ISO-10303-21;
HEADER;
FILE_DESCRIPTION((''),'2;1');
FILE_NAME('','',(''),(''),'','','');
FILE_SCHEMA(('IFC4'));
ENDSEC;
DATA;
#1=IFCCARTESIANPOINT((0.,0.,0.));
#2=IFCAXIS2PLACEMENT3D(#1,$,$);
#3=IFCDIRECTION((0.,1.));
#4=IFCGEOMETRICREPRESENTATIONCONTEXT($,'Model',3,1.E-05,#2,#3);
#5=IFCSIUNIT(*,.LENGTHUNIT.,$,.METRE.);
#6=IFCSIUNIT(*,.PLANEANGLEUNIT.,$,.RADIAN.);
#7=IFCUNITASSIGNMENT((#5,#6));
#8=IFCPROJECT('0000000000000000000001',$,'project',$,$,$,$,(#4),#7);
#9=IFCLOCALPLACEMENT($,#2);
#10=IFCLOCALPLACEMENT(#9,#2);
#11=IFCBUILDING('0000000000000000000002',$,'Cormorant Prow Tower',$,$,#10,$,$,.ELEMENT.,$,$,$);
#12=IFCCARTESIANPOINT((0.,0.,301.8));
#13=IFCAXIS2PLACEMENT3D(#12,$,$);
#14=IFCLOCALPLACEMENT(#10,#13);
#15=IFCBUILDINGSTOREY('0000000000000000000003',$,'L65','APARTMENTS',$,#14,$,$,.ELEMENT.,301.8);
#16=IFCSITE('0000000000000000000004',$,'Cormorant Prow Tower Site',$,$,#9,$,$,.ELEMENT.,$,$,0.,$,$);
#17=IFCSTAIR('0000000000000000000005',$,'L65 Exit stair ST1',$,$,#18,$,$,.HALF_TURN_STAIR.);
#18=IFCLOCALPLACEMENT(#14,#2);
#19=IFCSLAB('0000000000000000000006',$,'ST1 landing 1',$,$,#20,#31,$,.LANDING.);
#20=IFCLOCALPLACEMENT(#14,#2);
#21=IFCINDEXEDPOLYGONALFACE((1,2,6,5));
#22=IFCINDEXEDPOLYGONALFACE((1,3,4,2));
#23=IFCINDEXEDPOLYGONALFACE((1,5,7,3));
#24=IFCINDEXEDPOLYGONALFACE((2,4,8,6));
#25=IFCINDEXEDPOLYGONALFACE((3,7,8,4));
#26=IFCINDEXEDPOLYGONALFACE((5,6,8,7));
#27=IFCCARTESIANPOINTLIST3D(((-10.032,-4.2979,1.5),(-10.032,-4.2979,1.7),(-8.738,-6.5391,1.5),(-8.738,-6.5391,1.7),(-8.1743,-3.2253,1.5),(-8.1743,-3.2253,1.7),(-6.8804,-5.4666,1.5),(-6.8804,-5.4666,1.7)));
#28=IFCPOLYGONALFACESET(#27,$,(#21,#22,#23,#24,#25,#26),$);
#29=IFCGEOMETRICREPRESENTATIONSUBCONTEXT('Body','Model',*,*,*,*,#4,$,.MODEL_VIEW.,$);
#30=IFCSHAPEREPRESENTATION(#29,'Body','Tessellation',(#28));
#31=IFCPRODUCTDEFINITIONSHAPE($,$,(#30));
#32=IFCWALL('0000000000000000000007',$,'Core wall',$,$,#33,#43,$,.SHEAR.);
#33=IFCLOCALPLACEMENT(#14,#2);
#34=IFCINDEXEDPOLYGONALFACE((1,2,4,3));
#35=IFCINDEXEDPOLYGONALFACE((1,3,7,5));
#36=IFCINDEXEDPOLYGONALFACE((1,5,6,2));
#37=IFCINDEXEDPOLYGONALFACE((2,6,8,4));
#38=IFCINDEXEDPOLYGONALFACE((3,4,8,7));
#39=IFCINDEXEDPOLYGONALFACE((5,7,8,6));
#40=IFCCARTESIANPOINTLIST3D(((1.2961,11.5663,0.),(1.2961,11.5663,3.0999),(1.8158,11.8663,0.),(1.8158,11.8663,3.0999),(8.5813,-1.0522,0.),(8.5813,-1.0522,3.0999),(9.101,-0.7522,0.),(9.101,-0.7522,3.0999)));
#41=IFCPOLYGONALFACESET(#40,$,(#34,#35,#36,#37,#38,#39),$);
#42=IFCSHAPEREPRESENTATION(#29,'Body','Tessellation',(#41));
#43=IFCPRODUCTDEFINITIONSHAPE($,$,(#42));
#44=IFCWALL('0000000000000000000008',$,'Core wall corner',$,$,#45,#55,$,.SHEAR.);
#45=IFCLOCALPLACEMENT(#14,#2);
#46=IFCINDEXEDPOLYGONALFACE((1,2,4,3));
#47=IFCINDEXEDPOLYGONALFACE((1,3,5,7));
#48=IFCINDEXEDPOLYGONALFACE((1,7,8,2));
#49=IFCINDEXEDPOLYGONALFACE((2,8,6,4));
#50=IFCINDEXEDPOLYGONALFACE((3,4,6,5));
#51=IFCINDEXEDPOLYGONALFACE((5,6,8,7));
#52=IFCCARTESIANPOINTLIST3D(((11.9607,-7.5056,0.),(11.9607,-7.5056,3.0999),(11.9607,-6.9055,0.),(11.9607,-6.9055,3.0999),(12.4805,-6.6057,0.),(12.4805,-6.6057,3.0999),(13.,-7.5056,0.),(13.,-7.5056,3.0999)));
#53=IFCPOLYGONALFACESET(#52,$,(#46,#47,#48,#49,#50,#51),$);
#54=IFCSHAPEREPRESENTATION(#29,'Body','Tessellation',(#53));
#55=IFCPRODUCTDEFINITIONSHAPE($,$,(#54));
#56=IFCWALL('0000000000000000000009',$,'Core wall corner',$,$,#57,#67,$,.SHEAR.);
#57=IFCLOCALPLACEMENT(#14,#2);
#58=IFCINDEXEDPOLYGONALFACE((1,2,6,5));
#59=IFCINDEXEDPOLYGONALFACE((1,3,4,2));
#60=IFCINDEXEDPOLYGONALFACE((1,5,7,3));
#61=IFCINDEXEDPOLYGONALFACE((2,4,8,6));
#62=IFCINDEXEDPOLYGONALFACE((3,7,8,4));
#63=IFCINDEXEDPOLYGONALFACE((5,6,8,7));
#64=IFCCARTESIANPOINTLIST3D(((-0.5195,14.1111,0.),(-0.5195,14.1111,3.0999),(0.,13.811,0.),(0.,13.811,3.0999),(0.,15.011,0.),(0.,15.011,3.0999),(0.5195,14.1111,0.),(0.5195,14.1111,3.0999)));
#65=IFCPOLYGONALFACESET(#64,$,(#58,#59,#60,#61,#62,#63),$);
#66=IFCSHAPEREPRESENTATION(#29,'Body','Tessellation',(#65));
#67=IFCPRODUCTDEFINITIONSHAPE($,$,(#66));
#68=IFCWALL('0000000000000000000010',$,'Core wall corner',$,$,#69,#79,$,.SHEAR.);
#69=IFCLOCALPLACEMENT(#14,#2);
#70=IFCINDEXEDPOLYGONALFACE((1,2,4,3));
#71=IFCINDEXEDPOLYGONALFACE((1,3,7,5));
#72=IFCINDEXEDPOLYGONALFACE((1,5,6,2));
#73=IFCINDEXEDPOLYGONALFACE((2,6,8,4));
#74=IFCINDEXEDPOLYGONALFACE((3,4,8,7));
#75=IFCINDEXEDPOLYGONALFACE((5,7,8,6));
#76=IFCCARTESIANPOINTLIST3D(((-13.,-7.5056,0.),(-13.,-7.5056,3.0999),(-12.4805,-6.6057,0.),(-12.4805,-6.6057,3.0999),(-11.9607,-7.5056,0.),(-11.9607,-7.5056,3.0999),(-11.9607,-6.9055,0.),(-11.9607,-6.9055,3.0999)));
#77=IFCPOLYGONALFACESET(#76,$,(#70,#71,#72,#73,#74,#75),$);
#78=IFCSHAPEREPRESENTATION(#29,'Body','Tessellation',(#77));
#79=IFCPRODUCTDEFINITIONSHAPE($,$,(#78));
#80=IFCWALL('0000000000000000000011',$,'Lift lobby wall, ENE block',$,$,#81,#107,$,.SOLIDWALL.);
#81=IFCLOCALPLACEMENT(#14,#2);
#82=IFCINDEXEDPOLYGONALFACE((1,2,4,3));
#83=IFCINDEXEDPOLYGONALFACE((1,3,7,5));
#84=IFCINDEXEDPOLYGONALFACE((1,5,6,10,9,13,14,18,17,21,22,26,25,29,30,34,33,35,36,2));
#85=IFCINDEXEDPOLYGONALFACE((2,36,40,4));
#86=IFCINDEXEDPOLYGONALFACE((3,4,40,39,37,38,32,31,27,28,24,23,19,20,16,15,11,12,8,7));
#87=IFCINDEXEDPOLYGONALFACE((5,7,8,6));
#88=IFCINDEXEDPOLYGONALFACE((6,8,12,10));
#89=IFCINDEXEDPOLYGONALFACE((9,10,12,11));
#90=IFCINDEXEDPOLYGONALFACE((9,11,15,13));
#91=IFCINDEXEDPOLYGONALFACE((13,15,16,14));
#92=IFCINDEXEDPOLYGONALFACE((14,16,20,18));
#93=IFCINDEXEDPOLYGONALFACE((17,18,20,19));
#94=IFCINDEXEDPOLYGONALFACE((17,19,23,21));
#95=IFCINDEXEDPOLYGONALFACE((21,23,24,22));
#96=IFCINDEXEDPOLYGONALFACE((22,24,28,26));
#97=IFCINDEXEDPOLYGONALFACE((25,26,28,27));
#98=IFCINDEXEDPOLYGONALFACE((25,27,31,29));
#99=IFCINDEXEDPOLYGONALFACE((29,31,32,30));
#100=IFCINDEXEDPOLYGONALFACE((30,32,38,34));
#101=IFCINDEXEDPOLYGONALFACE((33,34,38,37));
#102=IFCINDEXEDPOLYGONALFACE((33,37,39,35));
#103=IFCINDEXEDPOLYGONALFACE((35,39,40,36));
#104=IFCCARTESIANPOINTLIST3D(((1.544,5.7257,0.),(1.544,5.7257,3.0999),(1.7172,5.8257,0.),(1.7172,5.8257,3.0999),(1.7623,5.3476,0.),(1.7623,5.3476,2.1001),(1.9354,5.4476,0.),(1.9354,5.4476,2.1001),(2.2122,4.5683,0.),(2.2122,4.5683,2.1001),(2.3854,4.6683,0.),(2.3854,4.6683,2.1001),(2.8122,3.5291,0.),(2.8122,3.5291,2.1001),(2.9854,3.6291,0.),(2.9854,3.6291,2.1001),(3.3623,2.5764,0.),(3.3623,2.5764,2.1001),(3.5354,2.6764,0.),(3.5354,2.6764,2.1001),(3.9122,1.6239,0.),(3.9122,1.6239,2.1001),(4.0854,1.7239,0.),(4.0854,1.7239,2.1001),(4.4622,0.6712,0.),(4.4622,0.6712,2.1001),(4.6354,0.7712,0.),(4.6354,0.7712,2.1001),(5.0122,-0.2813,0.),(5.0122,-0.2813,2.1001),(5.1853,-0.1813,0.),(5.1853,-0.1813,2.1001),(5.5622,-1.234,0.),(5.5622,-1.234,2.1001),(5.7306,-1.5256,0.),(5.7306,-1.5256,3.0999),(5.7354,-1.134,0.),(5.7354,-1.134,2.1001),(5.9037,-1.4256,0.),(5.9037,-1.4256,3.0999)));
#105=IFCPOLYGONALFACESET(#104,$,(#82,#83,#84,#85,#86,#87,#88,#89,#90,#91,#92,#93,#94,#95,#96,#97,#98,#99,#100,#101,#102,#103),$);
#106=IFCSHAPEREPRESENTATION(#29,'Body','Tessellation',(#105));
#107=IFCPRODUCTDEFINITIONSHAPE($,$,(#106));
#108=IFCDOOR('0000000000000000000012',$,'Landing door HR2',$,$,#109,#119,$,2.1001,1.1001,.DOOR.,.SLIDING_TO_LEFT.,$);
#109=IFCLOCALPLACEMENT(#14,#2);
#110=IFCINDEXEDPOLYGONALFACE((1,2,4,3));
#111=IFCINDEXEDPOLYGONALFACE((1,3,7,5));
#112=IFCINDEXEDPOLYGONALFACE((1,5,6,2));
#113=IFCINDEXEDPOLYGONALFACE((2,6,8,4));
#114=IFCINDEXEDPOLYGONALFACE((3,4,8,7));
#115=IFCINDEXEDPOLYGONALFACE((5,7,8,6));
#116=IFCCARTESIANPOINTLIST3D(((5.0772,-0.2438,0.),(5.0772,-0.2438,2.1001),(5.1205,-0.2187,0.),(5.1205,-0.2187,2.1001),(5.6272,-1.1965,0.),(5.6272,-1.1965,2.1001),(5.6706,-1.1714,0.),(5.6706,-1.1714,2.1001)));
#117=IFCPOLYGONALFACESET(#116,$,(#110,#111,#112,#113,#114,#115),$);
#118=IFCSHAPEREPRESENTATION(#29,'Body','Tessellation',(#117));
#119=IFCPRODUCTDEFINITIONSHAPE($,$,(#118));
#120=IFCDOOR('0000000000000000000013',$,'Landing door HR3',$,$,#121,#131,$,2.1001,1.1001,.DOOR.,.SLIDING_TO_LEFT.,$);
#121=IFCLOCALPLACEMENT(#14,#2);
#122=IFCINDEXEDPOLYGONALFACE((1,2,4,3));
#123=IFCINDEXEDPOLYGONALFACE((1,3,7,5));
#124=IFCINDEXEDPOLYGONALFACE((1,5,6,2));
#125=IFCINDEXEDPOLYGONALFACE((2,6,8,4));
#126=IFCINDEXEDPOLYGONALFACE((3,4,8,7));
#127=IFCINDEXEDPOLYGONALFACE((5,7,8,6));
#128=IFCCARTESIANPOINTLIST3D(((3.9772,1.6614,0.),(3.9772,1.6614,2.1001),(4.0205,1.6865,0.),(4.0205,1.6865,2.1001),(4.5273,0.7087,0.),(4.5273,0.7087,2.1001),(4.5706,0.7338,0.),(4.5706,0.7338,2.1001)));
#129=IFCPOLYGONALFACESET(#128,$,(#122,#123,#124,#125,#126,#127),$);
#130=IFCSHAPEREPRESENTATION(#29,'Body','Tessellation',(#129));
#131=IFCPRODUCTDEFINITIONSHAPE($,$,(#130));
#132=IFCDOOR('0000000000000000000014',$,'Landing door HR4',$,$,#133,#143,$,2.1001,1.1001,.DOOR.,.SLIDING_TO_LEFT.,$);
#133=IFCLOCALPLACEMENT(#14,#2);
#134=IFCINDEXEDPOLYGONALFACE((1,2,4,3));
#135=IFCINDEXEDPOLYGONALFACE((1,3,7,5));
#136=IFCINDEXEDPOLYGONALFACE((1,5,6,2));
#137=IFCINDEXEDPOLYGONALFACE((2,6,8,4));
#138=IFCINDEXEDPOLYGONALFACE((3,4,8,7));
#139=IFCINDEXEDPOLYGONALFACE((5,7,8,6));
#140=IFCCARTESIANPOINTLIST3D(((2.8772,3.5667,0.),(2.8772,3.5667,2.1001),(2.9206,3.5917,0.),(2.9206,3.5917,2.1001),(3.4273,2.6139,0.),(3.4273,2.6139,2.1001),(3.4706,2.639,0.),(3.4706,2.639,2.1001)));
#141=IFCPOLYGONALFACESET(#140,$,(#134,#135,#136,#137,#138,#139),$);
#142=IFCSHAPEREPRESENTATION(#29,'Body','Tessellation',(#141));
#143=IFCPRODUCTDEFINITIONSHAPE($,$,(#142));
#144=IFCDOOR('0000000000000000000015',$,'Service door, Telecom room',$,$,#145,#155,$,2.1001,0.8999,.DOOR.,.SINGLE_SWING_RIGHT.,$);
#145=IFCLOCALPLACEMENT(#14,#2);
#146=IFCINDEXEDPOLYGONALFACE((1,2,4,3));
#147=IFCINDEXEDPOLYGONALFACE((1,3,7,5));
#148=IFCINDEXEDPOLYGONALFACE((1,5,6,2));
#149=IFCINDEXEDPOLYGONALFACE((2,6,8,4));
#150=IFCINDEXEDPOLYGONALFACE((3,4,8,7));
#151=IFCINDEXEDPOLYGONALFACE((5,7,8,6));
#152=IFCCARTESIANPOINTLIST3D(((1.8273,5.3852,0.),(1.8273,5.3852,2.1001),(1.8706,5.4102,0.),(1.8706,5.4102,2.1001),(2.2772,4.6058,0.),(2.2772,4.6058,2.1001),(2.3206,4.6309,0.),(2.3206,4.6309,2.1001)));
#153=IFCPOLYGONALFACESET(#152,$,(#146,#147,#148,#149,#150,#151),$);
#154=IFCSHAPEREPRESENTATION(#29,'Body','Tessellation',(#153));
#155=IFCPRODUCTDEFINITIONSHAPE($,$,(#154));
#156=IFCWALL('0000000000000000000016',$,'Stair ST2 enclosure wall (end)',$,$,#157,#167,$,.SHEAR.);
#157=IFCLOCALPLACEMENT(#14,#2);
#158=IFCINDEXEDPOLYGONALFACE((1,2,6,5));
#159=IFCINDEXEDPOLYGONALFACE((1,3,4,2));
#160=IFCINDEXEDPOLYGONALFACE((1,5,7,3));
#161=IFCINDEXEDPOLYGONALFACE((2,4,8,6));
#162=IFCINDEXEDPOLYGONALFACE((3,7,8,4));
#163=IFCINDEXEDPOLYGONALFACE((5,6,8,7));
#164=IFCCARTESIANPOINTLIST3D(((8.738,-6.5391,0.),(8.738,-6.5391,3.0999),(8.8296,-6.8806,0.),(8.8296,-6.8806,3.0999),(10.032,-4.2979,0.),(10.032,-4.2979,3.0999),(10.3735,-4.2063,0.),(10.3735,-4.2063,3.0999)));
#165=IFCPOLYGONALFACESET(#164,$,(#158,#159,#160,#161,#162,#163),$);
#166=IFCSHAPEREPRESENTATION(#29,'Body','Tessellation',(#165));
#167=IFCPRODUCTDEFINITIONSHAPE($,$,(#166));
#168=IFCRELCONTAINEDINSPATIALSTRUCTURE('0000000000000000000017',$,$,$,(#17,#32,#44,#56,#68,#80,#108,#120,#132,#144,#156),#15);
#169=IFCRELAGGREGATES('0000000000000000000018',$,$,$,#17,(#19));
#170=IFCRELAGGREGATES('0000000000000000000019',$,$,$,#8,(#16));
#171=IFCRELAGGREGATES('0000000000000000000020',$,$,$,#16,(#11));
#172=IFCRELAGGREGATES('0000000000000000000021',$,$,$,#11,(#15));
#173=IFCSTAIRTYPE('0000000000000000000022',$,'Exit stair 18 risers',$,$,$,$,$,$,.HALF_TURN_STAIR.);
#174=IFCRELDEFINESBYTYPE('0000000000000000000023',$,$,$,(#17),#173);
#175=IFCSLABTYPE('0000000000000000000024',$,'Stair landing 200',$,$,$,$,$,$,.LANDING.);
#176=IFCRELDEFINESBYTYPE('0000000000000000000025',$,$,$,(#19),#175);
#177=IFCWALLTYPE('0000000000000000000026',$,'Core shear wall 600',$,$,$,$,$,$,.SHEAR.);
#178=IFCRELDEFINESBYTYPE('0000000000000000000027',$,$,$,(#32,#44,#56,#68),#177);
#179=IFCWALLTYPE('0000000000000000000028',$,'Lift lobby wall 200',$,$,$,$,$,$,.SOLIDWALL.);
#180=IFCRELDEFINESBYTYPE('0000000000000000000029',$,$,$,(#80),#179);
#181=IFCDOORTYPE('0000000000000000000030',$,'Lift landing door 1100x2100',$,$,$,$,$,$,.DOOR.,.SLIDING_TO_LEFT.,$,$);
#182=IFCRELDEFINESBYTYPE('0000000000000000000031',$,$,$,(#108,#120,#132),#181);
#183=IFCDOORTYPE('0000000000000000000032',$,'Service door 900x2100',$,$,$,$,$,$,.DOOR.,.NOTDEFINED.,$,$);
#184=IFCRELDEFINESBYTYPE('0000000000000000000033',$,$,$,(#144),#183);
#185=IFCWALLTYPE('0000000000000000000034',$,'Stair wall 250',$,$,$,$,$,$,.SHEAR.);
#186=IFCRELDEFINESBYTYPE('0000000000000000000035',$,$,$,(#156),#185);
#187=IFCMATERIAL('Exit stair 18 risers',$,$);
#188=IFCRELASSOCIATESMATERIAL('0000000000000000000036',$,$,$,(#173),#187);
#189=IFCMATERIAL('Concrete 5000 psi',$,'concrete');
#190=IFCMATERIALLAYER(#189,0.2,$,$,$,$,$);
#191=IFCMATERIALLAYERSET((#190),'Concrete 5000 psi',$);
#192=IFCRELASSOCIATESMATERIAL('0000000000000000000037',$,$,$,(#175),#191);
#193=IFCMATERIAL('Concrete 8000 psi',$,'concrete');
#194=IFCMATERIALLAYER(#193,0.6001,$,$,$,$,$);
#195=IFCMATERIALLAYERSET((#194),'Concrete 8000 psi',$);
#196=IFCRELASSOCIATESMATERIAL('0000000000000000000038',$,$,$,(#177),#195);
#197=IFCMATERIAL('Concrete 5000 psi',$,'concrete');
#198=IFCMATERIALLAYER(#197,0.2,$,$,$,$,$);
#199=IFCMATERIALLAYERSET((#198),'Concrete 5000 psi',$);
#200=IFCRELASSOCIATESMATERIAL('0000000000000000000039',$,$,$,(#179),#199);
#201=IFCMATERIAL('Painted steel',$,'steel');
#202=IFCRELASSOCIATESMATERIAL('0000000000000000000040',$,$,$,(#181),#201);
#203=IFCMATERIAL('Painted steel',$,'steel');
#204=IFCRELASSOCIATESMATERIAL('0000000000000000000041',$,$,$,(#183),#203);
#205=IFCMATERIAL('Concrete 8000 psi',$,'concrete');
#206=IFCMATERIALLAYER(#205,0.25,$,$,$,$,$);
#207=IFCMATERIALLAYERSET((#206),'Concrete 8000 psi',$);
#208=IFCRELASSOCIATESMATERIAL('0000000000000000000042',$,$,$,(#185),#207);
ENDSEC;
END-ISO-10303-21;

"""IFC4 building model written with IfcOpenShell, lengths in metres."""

from ifc_helpers import new_model, si_unit, direction, frame, frame_2d, origin, place, context, subcontext, project, spatial, polyline, rectangle, outline, extrude, material, layer, layer_set, type_object, element, fill, aggregate, save


model = new_model("IFC4")

# Units and contexts
model_context = context("Model", 3, precision=1e-05, world=origin(), true_north=direction((0.0, 1.0)))
body_context = subcontext(model_context, "Body", "Model", "MODEL_VIEW")
ifc_project = project(units=[si_unit("LENGTHUNIT", "METRE"), si_unit("PLANEANGLEUNIT", "RADIAN")], contexts=[model_context])

# Site, building, storey
site_placement = place(None, origin())
site = spatial("IfcSite", under=ifc_project, at=site_placement, Name="Cormorant Prow Tower Site", CompositionType="ELEMENT", RefElevation=0.0)
building_placement = place(site_placement, origin())
building = spatial("IfcBuilding", under=site, at=building_placement, Name="Cormorant Prow Tower", CompositionType="ELEMENT")
storey_placement = place(building_placement, frame((0.0, 0.0, 301.8)))
storey = spatial("IfcBuildingStorey", under=building, at=storey_placement, Name="L65", Description="APARTMENTS", CompositionType="ELEMENT", Elevation=301.8)

# Stair, slab
ifc_material_1 = material(Name="Exit stair 18 risers")
stair_type = type_object("IfcStairType", Name="Exit stair 18 risers", PredefinedType="HALF_TURN_STAIR", material=ifc_material_1)
stair_placement = place(storey_placement, origin())
stair = element("IfcStair", 1, at=stair_placement, inside=storey, type_object=stair_type, Name="L65 Exit stair ST1", PredefinedType="HALF_TURN_STAIR")
ifc_material_2 = material(Name="Concrete 5000 psi", Category="concrete")
ifc_layer_1 = layer(ifc_material_2, 0.2)
ifc_layer_set_1 = layer_set([ifc_layer_1], Name="Concrete 5000 psi")
slab_type = type_object("IfcSlabType", Name="Stair landing 200", PredefinedType="LANDING", material=ifc_layer_set_1)
slab_placement = place(storey_placement, frame((0.0, 0.0, 1.5)))
slab = element("IfcSlab", 2, at=slab_placement, type_object=slab_type, Name="ST1 landing 1", PredefinedType="LANDING", context=body_context, shape_type="SweptSolid", body=[
    extrude(outline(polyline([(-8.1743, -3.2253), (-10.032, -4.2979), (-8.738, -6.5391), (-6.8804, -5.4666), (-8.1743, -3.2253)])), origin(), (0.0, 0.0, 1.0), 0.2),
])
aggregate(stair, [slab])

# Walls
ifc_material_3 = material(Name="Concrete 8000 psi", Category="concrete")
ifc_layer_2 = layer(ifc_material_3, 0.6001)
ifc_layer_set_2 = layer_set([ifc_layer_2], Name="Concrete 8000 psi")
wall_type_1 = type_object("IfcWallType", Name="Core shear wall 600", PredefinedType="SHEAR", material=ifc_layer_set_2)
wall_1_placement = place(storey_placement, frame((8.8411, -0.9021, 0.0), z_axis=(0.0, 0.0, 1.0), x_axis=(-0.499996, 0.866028, 0.0)))
element("IfcWall", 3, at=wall_1_placement, inside=storey, type_object=wall_type_1, Name="Core wall", PredefinedType="SHEAR", context=body_context, shape_type="SweptSolid", body=[
    extrude(rectangle(XDim=14.5706, YDim=0.6001, at=frame_2d((7.2852, 0.0))), origin(), (0.0, 0.0, 1.0), 3.0999),
])
wall_2_placement = place(storey_placement, origin())
element("IfcWall", 4, at=wall_2_placement, inside=storey, type_object=wall_type_1, Name="Core wall corner", PredefinedType="SHEAR", context=body_context, shape_type="SweptSolid", body=[
    extrude(outline(polyline([(11.9607, -7.5056), (11.9607, -6.9055), (12.4805, -6.6057), (13.0, -7.5056), (11.9607, -7.5056)])), origin(), (0.0, 0.0, 1.0), 3.0999),
])
wall_3_placement = place(storey_placement, origin())
element("IfcWall", 5, at=wall_3_placement, inside=storey, type_object=wall_type_1, Name="Core wall corner", PredefinedType="SHEAR", context=body_context, shape_type="SweptSolid", body=[
    extrude(outline(polyline([(-0.5195, 14.1111), (0.0, 15.011), (0.5195, 14.1111), (0.0, 13.811), (-0.5195, 14.1111)])), origin(), (0.0, 0.0, 1.0), 3.0999),
])
wall_4_placement = place(storey_placement, origin())
element("IfcWall", 6, at=wall_4_placement, inside=storey, type_object=wall_type_1, Name="Core wall corner", PredefinedType="SHEAR", context=body_context, shape_type="SweptSolid", body=[
    extrude(outline(polyline([(-12.4805, -6.6057), (-11.9607, -6.9055), (-11.9607, -7.5056), (-13.0, -7.5056), (-12.4805, -6.6057)])), origin(), (0.0, 0.0, 1.0), 3.0999),
])

# Wall, openings, doors
ifc_material_4 = material(Name="Concrete 5000 psi", Category="concrete")
ifc_layer_3 = layer(ifc_material_4, 0.2)
ifc_layer_set_3 = layer_set([ifc_layer_3], Name="Concrete 5000 psi")
wall_type_2 = type_object("IfcWallType", Name="Lift lobby wall 200", PredefinedType="SOLIDWALL", material=ifc_layer_set_3)
wall_5_placement = place(storey_placement, frame((5.8171, -1.4756, 0.0), z_axis=(0.0, 0.0, 1.0), x_axis=(-0.500003, 0.866024, 0.0)))
wall_5 = element("IfcWall", 7, at=wall_5_placement, inside=storey, type_object=wall_type_2, Name="Lift lobby wall, ENE block", PredefinedType="SOLIDWALL", context=body_context, shape_type="SweptSolid", body=[
    extrude(rectangle(XDim=8.373, YDim=0.2, at=frame_2d((4.1865, 0.0))), origin(), (0.0, 0.0, 1.0), 3.0999),
])
opening_1_placement = place(wall_5_placement, frame((0.3367, 0.0, 0.0)))
opening_1 = element("IfcOpeningElement", 8, at=opening_1_placement, cuts=wall_5, PredefinedType="OPENING", context=body_context, shape_type="SweptSolid", body=[
    extrude(rectangle(XDim=1.1001, YDim=2.1001, at=frame_2d((0.55, 1.05))), frame((0.0, 0.1099, 0.0), z_axis=(0.0, -1.0, 0.0), x_axis=(1.0, 0.0, 0.0)), (0.0, 0.0, 1.0), 0.22),
])
opening_2_placement = place(wall_5_placement, frame((2.5366, 0.0, 0.0)))
opening_2 = element("IfcOpeningElement", 9, at=opening_2_placement, cuts=wall_5, PredefinedType="OPENING", context=body_context, shape_type="SweptSolid", body=[
    extrude(rectangle(XDim=1.1001, YDim=2.1001, at=frame_2d((0.55, 1.05))), frame((0.0, 0.1099, 0.0), z_axis=(0.0, -1.0, 0.0), x_axis=(1.0, 0.0, 0.0)), (0.0, 0.0, 1.0), 0.22),
])
opening_3_placement = place(wall_5_placement, frame((4.7366, 0.0, 0.0)))
opening_3 = element("IfcOpeningElement", 10, at=opening_3_placement, cuts=wall_5, PredefinedType="OPENING", context=body_context, shape_type="SweptSolid", body=[
    extrude(rectangle(XDim=1.1001, YDim=2.1001, at=frame_2d((0.55, 1.05))), frame((0.0, 0.1099, 0.0), z_axis=(0.0, -1.0, 0.0), x_axis=(1.0, 0.0, 0.0)), (0.0, 0.0, 1.0), 0.22),
])
opening_4_placement = place(wall_5_placement, frame((7.0366, 0.0, 0.0)))
opening_4 = element("IfcOpeningElement", 11, at=opening_4_placement, cuts=wall_5, PredefinedType="OPENING", context=body_context, shape_type="SweptSolid", body=[
    extrude(rectangle(XDim=0.8999, YDim=2.1001, at=frame_2d((0.45, 1.05))), frame((0.0, 0.1099, 0.0), z_axis=(0.0, -1.0, 0.0), x_axis=(1.0, 0.0, 0.0)), (0.0, 0.0, 1.0), 0.22),
])
ifc_material_5 = material(Name="Painted steel", Category="steel")
door_type_1 = type_object("IfcDoorType", Name="Lift landing door 1100x2100", OperationType="SLIDING_TO_LEFT", PredefinedType="DOOR", material=ifc_material_5)
door_1_placement = place(opening_1_placement, origin())
door_1 = element("IfcDoor", 12, at=door_1_placement, inside=storey, type_object=door_type_1, Name="Landing door HR2", OperationType="SLIDING_TO_LEFT", OverallHeight=2.1001, OverallWidth=1.1001, PredefinedType="DOOR", context=body_context, shape_type="SweptSolid", body=[
    extrude(rectangle(XDim=1.1001, YDim=2.1001, at=frame_2d((0.55, 1.05))), frame((0.0, 0.0249, 0.0), z_axis=(0.0, -1.0, 0.0), x_axis=(1.0, 0.0, 0.0)), (0.0, 0.0, 1.0), 0.05),
])
fill(opening_1, door_1)
door_2_placement = place(opening_2_placement, origin())
door_2 = element("IfcDoor", 13, at=door_2_placement, inside=storey, type_object=door_type_1, Name="Landing door HR3", OperationType="SLIDING_TO_LEFT", OverallHeight=2.1001, OverallWidth=1.1001, PredefinedType="DOOR", context=body_context, shape_type="SweptSolid", body=[
    extrude(rectangle(XDim=1.1001, YDim=2.1001, at=frame_2d((0.55, 1.05))), frame((0.0, 0.0249, 0.0), z_axis=(0.0, -1.0, 0.0), x_axis=(1.0, 0.0, 0.0)), (0.0, 0.0, 1.0), 0.05),
])
fill(opening_2, door_2)
door_3_placement = place(opening_3_placement, origin())
door_3 = element("IfcDoor", 14, at=door_3_placement, inside=storey, type_object=door_type_1, Name="Landing door HR4", OperationType="SLIDING_TO_LEFT", OverallHeight=2.1001, OverallWidth=1.1001, PredefinedType="DOOR", context=body_context, shape_type="SweptSolid", body=[
    extrude(rectangle(XDim=1.1001, YDim=2.1001, at=frame_2d((0.55, 1.05))), frame((0.0, 0.0249, 0.0), z_axis=(0.0, -1.0, 0.0), x_axis=(1.0, 0.0, 0.0)), (0.0, 0.0, 1.0), 0.05),
])
fill(opening_3, door_3)
ifc_material_6 = material(Name="Painted steel", Category="steel")
door_type_2 = type_object("IfcDoorType", Name="Service door 900x2100", OperationType="NOTDEFINED", PredefinedType="DOOR", material=ifc_material_6)
door_4_placement = place(opening_4_placement, origin())
door_4 = element("IfcDoor", 15, at=door_4_placement, inside=storey, type_object=door_type_2, Name="Service door, Telecom room", OperationType="SINGLE_SWING_RIGHT", OverallHeight=2.1001, OverallWidth=0.8999, PredefinedType="DOOR", context=body_context, shape_type="SweptSolid", body=[
    extrude(rectangle(XDim=0.8999, YDim=2.1001, at=frame_2d((0.45, 1.05))), frame((0.0, 0.0249, 0.0), z_axis=(0.0, -1.0, 0.0), x_axis=(1.0, 0.0, 0.0)), (0.0, 0.0, 1.0), 0.05),
])
fill(opening_4, door_4)

# Wall
ifc_material_7 = material(Name="Concrete 8000 psi", Category="concrete")
ifc_layer_4 = layer(ifc_material_7, 0.25)
ifc_layer_set_4 = layer_set([ifc_layer_4], Name="Concrete 8000 psi")
wall_type_3 = type_object("IfcWallType", Name="Stair wall 250", PredefinedType="SHEAR", material=ifc_layer_set_4)
wall_6_placement = place(storey_placement, origin())
element("IfcWall", 16, at=wall_6_placement, inside=storey, type_object=wall_type_3, Name="Stair ST2 enclosure wall (end)", PredefinedType="SHEAR", context=body_context, shape_type="SweptSolid", body=[
    extrude(outline(polyline([(8.8296, -6.8806), (10.3735, -4.2063), (10.032, -4.2979), (8.738, -6.5391), (8.8296, -6.8806)])), origin(), (0.0, 0.0, 1.0), 3.0999),
])

save(model, "model.ifc")
